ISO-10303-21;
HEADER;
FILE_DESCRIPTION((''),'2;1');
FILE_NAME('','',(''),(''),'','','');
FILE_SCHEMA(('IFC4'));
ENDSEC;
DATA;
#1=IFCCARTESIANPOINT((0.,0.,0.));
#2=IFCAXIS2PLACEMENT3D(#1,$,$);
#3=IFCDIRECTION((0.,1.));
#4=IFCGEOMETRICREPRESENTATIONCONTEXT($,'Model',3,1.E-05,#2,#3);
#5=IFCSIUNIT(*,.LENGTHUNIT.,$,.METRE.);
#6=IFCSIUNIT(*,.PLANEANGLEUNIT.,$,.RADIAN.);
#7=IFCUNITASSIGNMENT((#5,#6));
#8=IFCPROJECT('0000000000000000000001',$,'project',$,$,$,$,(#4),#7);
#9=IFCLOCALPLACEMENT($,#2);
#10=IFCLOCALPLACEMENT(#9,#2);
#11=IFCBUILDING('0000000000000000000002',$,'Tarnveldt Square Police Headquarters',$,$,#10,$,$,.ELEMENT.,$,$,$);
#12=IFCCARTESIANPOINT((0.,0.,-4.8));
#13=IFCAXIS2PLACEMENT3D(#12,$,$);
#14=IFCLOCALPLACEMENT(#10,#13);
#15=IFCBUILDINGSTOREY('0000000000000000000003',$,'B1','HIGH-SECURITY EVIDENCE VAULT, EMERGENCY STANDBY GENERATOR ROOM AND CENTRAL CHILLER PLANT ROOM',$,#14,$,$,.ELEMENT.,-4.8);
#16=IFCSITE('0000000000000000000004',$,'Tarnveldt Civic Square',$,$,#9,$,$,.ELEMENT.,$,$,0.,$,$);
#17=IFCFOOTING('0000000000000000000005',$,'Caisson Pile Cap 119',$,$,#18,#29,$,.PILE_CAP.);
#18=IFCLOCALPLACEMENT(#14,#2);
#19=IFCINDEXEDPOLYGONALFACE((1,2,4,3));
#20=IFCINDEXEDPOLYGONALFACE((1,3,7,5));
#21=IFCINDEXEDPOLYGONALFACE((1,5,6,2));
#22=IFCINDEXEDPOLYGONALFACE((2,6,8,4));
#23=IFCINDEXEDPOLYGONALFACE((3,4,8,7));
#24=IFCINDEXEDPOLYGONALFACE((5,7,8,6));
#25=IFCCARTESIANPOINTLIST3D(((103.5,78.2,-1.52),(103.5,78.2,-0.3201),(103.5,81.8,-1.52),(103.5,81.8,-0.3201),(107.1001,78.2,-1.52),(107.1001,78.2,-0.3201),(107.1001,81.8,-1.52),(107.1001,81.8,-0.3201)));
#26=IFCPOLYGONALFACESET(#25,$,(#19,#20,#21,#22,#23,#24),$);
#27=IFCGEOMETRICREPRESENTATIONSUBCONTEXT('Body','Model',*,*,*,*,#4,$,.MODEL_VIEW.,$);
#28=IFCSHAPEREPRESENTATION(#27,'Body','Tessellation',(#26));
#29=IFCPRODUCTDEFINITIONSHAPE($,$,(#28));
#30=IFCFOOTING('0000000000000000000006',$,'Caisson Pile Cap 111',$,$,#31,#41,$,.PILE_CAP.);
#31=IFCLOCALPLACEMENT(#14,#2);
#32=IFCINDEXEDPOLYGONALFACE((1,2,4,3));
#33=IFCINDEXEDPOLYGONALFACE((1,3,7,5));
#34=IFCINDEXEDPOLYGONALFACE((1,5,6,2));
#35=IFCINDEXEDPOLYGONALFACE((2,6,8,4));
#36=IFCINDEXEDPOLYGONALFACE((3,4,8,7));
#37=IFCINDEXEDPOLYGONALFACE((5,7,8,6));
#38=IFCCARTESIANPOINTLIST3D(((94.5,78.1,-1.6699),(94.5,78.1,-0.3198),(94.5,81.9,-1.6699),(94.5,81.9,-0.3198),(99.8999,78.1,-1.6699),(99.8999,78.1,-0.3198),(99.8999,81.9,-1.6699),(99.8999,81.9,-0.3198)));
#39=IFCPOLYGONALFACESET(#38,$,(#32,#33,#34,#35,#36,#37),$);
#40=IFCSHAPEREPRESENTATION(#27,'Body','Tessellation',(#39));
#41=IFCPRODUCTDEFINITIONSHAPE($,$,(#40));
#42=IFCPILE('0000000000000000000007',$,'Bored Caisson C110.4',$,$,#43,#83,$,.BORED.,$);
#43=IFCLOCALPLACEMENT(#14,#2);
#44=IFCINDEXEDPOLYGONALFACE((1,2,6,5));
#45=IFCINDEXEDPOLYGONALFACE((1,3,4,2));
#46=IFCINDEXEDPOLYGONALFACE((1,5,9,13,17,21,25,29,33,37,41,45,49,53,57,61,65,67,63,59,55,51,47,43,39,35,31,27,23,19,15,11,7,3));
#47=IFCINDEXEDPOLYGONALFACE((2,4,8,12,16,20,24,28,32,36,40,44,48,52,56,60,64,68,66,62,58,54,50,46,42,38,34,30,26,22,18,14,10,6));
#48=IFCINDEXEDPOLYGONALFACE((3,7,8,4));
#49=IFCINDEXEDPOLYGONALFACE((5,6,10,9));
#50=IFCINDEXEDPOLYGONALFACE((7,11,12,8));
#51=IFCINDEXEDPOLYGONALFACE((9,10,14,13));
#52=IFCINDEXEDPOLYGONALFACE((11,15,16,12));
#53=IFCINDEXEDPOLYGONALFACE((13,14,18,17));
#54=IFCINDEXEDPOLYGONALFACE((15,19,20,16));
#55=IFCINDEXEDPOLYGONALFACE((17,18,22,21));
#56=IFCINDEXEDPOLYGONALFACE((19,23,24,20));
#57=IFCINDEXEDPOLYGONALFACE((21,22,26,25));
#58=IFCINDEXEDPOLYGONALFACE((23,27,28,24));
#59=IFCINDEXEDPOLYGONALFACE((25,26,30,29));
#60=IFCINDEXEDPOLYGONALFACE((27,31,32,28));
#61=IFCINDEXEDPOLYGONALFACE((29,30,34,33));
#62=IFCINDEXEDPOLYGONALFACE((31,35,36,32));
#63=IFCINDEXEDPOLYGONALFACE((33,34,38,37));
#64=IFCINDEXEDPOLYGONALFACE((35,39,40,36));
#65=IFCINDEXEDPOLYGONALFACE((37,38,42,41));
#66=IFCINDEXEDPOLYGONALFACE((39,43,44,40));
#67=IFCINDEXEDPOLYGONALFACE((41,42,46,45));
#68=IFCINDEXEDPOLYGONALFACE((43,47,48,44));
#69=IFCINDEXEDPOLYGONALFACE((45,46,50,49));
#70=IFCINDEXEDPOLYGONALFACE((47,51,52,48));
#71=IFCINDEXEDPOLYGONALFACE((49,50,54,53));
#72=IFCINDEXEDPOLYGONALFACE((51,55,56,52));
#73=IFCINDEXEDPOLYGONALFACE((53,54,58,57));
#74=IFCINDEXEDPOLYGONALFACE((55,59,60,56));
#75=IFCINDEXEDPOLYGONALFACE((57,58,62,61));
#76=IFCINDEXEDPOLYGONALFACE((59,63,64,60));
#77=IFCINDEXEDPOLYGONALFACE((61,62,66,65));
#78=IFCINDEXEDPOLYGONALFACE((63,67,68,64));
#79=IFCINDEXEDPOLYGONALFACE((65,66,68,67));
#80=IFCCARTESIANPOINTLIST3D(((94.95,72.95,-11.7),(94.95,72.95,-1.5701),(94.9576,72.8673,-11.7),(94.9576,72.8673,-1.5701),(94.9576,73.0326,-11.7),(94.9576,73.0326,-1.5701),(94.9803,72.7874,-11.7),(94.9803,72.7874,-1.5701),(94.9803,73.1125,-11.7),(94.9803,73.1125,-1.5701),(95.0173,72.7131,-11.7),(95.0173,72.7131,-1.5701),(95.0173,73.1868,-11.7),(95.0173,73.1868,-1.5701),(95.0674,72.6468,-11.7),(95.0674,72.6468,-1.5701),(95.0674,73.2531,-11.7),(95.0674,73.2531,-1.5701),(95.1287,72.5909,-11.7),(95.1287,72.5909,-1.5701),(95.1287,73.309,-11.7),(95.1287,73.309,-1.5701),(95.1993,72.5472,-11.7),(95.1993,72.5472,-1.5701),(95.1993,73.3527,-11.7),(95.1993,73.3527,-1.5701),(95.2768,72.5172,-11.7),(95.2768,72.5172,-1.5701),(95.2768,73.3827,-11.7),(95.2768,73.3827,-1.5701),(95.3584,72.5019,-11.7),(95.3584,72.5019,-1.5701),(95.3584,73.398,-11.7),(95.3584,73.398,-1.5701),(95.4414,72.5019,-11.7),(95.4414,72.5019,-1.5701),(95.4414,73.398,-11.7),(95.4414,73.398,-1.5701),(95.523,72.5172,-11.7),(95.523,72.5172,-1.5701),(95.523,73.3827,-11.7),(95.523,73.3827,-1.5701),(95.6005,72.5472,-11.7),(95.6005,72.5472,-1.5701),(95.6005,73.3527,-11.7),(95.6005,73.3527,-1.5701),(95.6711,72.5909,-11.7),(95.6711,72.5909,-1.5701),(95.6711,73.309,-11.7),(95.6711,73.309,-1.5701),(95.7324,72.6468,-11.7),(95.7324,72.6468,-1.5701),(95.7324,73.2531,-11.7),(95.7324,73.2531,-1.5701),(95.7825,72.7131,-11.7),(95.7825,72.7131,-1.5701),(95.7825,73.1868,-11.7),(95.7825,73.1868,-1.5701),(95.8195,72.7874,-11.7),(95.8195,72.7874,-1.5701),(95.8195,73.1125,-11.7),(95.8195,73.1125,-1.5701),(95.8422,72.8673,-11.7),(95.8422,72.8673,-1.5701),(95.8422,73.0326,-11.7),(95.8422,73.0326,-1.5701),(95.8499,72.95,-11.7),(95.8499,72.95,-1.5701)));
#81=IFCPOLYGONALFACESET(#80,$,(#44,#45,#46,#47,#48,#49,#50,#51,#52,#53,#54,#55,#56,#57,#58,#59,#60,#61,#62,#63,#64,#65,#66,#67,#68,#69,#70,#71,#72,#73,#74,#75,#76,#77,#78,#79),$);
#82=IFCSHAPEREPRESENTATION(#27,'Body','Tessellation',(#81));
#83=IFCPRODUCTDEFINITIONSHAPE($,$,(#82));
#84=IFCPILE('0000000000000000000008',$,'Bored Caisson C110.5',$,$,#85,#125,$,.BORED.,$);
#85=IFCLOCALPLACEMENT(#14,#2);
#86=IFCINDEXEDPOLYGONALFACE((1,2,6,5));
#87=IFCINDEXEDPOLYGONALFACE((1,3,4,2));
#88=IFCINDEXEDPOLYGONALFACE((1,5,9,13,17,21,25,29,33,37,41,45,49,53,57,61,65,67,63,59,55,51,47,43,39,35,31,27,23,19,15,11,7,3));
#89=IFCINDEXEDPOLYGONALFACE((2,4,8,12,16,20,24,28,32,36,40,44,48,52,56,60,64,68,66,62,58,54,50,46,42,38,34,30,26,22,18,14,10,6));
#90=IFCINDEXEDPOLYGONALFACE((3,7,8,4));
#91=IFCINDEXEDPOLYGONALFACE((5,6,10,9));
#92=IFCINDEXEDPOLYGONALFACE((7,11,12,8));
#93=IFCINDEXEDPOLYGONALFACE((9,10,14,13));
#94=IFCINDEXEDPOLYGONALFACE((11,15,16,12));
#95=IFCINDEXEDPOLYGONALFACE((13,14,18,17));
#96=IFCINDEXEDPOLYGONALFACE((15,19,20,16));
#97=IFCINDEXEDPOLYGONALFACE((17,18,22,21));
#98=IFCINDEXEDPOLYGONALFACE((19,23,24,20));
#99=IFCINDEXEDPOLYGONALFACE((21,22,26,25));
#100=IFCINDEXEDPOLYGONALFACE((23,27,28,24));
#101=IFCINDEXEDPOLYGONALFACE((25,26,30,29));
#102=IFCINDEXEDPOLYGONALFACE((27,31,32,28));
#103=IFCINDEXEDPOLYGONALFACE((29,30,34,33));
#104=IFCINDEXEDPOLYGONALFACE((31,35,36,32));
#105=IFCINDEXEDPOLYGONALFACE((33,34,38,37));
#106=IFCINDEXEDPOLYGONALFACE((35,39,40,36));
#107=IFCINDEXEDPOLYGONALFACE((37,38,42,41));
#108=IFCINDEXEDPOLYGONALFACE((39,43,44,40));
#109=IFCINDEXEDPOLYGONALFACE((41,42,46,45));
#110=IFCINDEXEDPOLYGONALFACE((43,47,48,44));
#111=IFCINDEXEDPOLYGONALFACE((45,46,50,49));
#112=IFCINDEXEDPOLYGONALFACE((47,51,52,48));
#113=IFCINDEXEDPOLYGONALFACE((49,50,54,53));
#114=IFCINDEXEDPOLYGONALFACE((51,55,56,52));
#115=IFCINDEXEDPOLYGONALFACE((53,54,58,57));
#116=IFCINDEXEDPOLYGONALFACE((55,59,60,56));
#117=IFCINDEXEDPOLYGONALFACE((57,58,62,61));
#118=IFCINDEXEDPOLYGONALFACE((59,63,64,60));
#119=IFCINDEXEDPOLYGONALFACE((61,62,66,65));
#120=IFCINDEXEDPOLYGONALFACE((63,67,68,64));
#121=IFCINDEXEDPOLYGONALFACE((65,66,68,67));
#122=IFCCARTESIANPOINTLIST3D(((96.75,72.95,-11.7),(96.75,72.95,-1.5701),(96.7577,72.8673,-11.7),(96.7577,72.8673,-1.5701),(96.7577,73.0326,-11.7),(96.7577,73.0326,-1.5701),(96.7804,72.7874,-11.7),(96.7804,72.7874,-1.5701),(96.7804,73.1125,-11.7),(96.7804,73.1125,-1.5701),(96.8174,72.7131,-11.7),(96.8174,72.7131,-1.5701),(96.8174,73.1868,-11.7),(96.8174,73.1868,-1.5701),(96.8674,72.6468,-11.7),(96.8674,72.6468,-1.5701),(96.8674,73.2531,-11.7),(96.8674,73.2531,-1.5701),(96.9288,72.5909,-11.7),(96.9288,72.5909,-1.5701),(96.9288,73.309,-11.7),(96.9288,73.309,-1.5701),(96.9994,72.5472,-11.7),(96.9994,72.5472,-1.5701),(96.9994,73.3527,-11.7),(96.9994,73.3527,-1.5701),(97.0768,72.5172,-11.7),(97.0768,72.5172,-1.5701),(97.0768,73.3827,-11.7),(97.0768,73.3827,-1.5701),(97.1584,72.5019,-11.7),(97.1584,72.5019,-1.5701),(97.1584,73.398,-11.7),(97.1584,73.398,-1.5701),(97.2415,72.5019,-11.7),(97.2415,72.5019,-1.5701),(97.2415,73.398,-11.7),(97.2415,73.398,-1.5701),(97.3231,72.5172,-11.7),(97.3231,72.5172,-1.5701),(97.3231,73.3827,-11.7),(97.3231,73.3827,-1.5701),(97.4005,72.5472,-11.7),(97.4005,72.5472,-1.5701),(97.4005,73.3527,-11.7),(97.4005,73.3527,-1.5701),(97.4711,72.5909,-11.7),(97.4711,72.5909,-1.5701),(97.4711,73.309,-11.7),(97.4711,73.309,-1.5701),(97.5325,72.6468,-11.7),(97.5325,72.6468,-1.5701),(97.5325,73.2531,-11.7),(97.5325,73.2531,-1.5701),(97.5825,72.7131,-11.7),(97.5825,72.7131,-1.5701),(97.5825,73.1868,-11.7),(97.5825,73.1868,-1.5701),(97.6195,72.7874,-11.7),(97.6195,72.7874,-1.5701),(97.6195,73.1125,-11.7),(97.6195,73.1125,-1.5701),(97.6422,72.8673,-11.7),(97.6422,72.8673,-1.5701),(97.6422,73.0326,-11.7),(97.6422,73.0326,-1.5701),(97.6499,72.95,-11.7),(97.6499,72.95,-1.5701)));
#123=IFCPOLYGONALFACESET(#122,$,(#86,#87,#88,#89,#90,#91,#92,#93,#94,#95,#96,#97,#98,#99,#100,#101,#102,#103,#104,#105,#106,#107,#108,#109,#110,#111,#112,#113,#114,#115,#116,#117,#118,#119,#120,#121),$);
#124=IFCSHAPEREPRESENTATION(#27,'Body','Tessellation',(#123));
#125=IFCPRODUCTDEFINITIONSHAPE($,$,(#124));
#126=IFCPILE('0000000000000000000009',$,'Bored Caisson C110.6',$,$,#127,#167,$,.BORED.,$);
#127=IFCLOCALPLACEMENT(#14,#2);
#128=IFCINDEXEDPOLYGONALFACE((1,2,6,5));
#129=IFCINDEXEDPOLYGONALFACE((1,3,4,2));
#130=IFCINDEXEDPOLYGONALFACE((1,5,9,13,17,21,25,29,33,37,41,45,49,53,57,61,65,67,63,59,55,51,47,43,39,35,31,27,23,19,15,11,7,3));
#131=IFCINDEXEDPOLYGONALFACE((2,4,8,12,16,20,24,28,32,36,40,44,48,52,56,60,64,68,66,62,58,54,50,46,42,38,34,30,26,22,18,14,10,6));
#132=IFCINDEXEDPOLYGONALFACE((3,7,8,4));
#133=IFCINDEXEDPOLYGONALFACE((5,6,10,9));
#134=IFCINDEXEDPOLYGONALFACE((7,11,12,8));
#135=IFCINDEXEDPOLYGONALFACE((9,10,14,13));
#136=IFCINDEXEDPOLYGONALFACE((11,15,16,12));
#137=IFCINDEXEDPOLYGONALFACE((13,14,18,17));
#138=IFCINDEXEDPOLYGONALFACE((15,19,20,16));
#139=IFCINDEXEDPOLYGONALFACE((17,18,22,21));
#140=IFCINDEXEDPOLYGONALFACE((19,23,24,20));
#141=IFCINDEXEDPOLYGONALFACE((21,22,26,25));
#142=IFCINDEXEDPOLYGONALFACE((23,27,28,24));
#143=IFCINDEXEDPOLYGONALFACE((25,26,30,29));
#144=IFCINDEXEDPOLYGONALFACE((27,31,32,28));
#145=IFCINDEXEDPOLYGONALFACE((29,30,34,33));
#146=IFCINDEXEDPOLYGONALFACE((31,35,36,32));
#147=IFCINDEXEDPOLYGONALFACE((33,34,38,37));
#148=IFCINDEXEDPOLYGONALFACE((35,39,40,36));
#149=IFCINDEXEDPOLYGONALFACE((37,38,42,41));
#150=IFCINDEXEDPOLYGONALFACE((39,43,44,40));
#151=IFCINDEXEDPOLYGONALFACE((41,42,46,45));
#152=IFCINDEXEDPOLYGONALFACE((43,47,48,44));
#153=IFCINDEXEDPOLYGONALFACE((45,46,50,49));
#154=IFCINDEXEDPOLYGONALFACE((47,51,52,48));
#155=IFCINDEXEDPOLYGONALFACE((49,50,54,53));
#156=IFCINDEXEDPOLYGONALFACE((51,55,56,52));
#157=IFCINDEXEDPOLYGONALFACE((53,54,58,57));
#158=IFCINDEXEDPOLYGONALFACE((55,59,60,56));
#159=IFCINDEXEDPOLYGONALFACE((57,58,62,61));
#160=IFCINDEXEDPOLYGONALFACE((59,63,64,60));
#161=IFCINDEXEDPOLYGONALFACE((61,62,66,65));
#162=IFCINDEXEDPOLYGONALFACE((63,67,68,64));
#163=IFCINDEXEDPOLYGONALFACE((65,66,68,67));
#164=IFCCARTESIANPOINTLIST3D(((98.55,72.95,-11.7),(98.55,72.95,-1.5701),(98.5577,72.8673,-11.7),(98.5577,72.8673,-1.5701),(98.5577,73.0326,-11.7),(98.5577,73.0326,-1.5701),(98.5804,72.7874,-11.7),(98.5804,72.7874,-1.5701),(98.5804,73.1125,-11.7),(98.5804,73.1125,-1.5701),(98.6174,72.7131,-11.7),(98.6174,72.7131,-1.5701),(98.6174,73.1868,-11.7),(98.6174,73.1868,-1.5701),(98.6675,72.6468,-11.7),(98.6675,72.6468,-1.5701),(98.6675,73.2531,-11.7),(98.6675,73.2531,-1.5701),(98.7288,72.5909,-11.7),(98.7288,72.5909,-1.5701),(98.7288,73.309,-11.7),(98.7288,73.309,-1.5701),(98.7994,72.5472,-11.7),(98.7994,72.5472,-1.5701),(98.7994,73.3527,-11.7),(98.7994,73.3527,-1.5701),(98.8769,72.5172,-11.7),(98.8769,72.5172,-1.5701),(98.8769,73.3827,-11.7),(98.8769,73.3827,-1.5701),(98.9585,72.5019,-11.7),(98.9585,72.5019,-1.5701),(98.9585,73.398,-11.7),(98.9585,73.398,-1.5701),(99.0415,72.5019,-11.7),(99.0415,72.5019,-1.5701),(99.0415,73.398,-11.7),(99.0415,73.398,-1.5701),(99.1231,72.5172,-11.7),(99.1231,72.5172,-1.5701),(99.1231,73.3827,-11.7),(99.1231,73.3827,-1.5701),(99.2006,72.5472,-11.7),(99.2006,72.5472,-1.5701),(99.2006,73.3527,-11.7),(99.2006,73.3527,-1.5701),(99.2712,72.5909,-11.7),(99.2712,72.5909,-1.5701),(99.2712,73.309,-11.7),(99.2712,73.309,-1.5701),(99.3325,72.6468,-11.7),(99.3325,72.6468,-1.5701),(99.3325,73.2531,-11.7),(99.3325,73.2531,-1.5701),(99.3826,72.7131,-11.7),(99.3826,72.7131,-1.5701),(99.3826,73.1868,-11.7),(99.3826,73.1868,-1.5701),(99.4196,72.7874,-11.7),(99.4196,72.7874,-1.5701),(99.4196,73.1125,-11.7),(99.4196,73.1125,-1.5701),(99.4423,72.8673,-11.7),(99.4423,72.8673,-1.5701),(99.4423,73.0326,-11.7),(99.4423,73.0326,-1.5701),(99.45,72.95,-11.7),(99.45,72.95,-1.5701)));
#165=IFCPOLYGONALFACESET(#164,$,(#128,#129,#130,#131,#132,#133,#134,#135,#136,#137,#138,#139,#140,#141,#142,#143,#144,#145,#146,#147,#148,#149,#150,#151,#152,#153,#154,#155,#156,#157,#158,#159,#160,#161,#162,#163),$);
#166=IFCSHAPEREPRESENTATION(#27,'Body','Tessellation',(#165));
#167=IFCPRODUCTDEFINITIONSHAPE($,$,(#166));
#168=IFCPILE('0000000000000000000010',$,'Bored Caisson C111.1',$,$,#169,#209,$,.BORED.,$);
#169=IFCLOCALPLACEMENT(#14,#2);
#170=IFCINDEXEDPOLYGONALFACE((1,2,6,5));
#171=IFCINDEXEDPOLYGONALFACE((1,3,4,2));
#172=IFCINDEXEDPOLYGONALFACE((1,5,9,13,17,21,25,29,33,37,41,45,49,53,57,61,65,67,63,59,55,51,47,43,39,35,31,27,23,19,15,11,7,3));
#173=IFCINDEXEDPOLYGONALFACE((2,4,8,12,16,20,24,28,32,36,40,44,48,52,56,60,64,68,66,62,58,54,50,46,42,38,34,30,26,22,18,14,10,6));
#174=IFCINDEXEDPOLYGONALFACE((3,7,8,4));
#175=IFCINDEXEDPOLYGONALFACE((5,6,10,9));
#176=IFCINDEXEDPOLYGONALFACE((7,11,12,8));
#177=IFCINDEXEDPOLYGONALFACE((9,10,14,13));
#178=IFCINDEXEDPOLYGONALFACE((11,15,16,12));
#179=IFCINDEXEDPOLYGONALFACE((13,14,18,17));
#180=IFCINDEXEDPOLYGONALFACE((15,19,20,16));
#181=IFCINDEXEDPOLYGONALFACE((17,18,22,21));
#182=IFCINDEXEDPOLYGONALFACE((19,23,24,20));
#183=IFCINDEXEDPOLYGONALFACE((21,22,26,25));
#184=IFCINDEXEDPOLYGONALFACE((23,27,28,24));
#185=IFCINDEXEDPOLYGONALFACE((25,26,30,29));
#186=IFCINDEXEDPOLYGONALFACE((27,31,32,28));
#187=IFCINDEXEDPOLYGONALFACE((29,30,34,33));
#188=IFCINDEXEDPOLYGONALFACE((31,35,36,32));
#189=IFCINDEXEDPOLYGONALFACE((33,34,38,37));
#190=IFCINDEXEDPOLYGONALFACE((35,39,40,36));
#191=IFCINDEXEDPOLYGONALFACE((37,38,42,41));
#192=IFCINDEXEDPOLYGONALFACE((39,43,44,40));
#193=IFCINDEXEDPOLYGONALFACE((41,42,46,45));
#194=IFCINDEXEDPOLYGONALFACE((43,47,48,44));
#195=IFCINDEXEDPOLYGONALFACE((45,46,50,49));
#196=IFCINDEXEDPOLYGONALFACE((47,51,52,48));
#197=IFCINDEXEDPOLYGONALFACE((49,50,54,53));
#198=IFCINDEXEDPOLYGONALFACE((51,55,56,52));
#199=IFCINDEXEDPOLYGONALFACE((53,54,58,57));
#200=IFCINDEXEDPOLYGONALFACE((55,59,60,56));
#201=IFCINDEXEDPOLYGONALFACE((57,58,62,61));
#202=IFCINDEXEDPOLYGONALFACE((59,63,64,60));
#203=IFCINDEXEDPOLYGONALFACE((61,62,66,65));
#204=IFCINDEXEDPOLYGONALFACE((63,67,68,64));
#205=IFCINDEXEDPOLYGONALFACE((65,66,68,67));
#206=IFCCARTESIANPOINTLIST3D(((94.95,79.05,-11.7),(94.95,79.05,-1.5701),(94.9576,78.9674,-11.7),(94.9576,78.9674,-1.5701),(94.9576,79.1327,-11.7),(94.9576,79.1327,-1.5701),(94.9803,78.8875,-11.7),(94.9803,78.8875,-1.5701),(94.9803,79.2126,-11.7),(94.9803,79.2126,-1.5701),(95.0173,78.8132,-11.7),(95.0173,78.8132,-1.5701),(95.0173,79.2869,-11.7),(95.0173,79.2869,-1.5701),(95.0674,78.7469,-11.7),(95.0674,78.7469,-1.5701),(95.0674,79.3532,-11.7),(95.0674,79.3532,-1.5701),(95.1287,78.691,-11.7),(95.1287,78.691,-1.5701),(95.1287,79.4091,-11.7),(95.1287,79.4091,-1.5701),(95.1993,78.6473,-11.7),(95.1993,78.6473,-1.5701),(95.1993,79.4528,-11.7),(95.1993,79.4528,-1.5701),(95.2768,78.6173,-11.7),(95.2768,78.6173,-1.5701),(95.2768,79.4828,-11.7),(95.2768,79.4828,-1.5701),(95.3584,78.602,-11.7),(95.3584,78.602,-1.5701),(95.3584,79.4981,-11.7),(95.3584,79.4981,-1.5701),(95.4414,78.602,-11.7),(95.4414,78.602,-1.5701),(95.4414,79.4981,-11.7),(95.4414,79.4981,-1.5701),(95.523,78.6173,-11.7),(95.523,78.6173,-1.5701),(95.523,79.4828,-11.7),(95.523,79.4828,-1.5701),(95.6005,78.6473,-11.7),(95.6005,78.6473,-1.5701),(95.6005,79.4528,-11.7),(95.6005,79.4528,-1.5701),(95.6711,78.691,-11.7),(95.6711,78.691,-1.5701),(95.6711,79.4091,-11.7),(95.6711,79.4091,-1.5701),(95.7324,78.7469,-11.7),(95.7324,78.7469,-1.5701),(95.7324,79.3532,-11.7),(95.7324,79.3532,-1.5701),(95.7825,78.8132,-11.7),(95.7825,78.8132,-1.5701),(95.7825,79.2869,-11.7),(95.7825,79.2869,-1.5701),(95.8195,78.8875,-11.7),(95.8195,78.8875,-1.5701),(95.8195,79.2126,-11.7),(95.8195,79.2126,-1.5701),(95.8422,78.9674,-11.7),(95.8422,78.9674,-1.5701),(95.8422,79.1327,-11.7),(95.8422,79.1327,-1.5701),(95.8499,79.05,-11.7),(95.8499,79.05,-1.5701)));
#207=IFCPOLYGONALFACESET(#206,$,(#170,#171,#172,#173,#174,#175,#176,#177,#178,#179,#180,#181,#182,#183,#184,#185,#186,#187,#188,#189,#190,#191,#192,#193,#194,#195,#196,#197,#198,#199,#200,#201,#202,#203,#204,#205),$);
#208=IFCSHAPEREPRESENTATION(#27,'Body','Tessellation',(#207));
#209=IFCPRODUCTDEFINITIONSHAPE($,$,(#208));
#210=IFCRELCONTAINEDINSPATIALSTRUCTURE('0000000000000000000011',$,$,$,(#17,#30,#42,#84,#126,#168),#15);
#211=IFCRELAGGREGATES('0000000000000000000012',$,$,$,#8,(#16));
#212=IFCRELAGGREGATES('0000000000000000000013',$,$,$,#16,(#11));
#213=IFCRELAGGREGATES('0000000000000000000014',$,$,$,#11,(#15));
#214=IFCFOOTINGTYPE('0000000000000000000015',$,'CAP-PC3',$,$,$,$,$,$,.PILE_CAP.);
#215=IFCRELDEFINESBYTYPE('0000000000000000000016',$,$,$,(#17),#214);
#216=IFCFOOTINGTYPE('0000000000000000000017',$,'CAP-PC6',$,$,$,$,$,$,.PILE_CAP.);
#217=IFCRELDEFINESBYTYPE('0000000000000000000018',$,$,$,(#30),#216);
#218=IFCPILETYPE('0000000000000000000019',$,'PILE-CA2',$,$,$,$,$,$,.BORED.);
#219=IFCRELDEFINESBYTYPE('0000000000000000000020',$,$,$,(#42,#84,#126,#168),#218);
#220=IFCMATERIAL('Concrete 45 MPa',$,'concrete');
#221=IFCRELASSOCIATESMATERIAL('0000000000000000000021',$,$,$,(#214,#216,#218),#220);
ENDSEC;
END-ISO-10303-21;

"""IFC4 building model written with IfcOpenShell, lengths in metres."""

from ifc_helpers import new_model, si_unit, direction, frame, origin, origin_2d, place, context, subcontext, project, spatial, rectangle, circle, extrude, material, material_profile, profile_set, type_object, element, save


model = new_model("IFC4")

# Units and contexts
model_context = context("Model", 3, precision=1e-05, world=origin(), true_north=direction((0.0, 1.0)))
body_context = subcontext(model_context, "Body", "Model", "MODEL_VIEW")
ifc_project = project(units=[si_unit("LENGTHUNIT", "METRE"), si_unit("PLANEANGLEUNIT", "RADIAN")], contexts=[model_context])

# Site, building, storey
site_placement = place(None, origin())
site = spatial("IfcSite", under=ifc_project, at=site_placement, Name="Tarnveldt Civic Square", CompositionType="ELEMENT", RefElevation=0.0)
building_placement = place(site_placement, origin())
building = spatial("IfcBuilding", under=site, at=building_placement, Name="Tarnveldt Square Police Headquarters", CompositionType="ELEMENT")
storey_placement = place(building_placement, frame((0.0, 0.0, -4.8)))
storey = spatial("IfcBuildingStorey", under=building, at=storey_placement, Name="B1", Description="HIGH-SECURITY EVIDENCE VAULT, EMERGENCY STANDBY GENERATOR ROOM AND CENTRAL CHILLER PLANT ROOM", CompositionType="ELEMENT", Elevation=-4.8)

# Footings
ifc_material_1 = material(Name="Concrete 45 MPa", Category="concrete")
footing_type_1 = type_object("IfcFootingType", Name="CAP-PC3", PredefinedType="PILE_CAP", material=ifc_material_1)
footing_1_placement = place(storey_placement, frame((105.3, 80.0, -1.52), z_axis=(0.0, 0.0, 1.0), x_axis=(1.0, 0.0, 0.0)))
element("IfcFooting", 1, at=footing_1_placement, inside=storey, type_object=footing_type_1, Name="Caisson Pile Cap 119", PredefinedType="PILE_CAP", context=body_context, shape_type="SweptSolid", body=[
    extrude(rectangle(XDim=3.6001, YDim=3.6001, at=origin_2d()), origin(), (0.0, 0.0, 1.0), 1.2),
])
footing_type_2 = type_object("IfcFootingType", Name="CAP-PC6", PredefinedType="PILE_CAP", material=ifc_material_1)
footing_2_placement = place(storey_placement, frame((97.2, 80.0, -1.6699), z_axis=(0.0, 0.0, 1.0), x_axis=(1.0, 0.0, 0.0)))
element("IfcFooting", 2, at=footing_2_placement, inside=storey, type_object=footing_type_2, Name="Caisson Pile Cap 111", PredefinedType="PILE_CAP", context=body_context, shape_type="SweptSolid", body=[
    extrude(rectangle(XDim=5.3999, YDim=3.8, at=origin_2d()), origin(), (0.0, 0.0, 1.0), 1.3501),
])

# Piles
ifc_material_profile_1 = material_profile(ifc_material_1, circle(Radius=0.45, at=origin_2d()), Name="CAISSON-D900")
ifc_profile_set_1 = profile_set([ifc_material_profile_1], Name="Concrete 45 MPa")
pile_type = type_object("IfcPileType", Name="PILE-CA2", PredefinedType="BORED", material=ifc_profile_set_1)
for number, where, z_axis, x_axis, name in (
    (3, (95.3999, 72.95, -1.5701), (0.0, 0.0, -1.0), (1.0, 0.0, 0.0), "Bored Caisson C110.4"),
    (4, (97.2, 72.95, -1.5701), (0.0, 0.0, -1.0), (1.0, 0.0, 0.0), "Bored Caisson C110.5"),
    (5, (99.0, 72.95, -1.5701), (0.0, 0.0, -1.0), (1.0, 0.0, 0.0), "Bored Caisson C110.6"),
    (6, (95.3999, 79.05, -1.5701), (0.0, 0.0, -1.0), (1.0, 0.0, 0.0), "Bored Caisson C111.1"),
):
    element("IfcPile", number, at=place(storey_placement, frame(where, z_axis=z_axis, x_axis=x_axis)), inside=storey, type_object=pile_type, Name=name, PredefinedType="BORED", context=body_context, shape_type="SweptSolid", body=[
        extrude(circle(Radius=0.45, at=origin_2d()), origin(), (0.0, 0.0, 1.0), 10.1299),
    ])

save(model, "model.ifc")
